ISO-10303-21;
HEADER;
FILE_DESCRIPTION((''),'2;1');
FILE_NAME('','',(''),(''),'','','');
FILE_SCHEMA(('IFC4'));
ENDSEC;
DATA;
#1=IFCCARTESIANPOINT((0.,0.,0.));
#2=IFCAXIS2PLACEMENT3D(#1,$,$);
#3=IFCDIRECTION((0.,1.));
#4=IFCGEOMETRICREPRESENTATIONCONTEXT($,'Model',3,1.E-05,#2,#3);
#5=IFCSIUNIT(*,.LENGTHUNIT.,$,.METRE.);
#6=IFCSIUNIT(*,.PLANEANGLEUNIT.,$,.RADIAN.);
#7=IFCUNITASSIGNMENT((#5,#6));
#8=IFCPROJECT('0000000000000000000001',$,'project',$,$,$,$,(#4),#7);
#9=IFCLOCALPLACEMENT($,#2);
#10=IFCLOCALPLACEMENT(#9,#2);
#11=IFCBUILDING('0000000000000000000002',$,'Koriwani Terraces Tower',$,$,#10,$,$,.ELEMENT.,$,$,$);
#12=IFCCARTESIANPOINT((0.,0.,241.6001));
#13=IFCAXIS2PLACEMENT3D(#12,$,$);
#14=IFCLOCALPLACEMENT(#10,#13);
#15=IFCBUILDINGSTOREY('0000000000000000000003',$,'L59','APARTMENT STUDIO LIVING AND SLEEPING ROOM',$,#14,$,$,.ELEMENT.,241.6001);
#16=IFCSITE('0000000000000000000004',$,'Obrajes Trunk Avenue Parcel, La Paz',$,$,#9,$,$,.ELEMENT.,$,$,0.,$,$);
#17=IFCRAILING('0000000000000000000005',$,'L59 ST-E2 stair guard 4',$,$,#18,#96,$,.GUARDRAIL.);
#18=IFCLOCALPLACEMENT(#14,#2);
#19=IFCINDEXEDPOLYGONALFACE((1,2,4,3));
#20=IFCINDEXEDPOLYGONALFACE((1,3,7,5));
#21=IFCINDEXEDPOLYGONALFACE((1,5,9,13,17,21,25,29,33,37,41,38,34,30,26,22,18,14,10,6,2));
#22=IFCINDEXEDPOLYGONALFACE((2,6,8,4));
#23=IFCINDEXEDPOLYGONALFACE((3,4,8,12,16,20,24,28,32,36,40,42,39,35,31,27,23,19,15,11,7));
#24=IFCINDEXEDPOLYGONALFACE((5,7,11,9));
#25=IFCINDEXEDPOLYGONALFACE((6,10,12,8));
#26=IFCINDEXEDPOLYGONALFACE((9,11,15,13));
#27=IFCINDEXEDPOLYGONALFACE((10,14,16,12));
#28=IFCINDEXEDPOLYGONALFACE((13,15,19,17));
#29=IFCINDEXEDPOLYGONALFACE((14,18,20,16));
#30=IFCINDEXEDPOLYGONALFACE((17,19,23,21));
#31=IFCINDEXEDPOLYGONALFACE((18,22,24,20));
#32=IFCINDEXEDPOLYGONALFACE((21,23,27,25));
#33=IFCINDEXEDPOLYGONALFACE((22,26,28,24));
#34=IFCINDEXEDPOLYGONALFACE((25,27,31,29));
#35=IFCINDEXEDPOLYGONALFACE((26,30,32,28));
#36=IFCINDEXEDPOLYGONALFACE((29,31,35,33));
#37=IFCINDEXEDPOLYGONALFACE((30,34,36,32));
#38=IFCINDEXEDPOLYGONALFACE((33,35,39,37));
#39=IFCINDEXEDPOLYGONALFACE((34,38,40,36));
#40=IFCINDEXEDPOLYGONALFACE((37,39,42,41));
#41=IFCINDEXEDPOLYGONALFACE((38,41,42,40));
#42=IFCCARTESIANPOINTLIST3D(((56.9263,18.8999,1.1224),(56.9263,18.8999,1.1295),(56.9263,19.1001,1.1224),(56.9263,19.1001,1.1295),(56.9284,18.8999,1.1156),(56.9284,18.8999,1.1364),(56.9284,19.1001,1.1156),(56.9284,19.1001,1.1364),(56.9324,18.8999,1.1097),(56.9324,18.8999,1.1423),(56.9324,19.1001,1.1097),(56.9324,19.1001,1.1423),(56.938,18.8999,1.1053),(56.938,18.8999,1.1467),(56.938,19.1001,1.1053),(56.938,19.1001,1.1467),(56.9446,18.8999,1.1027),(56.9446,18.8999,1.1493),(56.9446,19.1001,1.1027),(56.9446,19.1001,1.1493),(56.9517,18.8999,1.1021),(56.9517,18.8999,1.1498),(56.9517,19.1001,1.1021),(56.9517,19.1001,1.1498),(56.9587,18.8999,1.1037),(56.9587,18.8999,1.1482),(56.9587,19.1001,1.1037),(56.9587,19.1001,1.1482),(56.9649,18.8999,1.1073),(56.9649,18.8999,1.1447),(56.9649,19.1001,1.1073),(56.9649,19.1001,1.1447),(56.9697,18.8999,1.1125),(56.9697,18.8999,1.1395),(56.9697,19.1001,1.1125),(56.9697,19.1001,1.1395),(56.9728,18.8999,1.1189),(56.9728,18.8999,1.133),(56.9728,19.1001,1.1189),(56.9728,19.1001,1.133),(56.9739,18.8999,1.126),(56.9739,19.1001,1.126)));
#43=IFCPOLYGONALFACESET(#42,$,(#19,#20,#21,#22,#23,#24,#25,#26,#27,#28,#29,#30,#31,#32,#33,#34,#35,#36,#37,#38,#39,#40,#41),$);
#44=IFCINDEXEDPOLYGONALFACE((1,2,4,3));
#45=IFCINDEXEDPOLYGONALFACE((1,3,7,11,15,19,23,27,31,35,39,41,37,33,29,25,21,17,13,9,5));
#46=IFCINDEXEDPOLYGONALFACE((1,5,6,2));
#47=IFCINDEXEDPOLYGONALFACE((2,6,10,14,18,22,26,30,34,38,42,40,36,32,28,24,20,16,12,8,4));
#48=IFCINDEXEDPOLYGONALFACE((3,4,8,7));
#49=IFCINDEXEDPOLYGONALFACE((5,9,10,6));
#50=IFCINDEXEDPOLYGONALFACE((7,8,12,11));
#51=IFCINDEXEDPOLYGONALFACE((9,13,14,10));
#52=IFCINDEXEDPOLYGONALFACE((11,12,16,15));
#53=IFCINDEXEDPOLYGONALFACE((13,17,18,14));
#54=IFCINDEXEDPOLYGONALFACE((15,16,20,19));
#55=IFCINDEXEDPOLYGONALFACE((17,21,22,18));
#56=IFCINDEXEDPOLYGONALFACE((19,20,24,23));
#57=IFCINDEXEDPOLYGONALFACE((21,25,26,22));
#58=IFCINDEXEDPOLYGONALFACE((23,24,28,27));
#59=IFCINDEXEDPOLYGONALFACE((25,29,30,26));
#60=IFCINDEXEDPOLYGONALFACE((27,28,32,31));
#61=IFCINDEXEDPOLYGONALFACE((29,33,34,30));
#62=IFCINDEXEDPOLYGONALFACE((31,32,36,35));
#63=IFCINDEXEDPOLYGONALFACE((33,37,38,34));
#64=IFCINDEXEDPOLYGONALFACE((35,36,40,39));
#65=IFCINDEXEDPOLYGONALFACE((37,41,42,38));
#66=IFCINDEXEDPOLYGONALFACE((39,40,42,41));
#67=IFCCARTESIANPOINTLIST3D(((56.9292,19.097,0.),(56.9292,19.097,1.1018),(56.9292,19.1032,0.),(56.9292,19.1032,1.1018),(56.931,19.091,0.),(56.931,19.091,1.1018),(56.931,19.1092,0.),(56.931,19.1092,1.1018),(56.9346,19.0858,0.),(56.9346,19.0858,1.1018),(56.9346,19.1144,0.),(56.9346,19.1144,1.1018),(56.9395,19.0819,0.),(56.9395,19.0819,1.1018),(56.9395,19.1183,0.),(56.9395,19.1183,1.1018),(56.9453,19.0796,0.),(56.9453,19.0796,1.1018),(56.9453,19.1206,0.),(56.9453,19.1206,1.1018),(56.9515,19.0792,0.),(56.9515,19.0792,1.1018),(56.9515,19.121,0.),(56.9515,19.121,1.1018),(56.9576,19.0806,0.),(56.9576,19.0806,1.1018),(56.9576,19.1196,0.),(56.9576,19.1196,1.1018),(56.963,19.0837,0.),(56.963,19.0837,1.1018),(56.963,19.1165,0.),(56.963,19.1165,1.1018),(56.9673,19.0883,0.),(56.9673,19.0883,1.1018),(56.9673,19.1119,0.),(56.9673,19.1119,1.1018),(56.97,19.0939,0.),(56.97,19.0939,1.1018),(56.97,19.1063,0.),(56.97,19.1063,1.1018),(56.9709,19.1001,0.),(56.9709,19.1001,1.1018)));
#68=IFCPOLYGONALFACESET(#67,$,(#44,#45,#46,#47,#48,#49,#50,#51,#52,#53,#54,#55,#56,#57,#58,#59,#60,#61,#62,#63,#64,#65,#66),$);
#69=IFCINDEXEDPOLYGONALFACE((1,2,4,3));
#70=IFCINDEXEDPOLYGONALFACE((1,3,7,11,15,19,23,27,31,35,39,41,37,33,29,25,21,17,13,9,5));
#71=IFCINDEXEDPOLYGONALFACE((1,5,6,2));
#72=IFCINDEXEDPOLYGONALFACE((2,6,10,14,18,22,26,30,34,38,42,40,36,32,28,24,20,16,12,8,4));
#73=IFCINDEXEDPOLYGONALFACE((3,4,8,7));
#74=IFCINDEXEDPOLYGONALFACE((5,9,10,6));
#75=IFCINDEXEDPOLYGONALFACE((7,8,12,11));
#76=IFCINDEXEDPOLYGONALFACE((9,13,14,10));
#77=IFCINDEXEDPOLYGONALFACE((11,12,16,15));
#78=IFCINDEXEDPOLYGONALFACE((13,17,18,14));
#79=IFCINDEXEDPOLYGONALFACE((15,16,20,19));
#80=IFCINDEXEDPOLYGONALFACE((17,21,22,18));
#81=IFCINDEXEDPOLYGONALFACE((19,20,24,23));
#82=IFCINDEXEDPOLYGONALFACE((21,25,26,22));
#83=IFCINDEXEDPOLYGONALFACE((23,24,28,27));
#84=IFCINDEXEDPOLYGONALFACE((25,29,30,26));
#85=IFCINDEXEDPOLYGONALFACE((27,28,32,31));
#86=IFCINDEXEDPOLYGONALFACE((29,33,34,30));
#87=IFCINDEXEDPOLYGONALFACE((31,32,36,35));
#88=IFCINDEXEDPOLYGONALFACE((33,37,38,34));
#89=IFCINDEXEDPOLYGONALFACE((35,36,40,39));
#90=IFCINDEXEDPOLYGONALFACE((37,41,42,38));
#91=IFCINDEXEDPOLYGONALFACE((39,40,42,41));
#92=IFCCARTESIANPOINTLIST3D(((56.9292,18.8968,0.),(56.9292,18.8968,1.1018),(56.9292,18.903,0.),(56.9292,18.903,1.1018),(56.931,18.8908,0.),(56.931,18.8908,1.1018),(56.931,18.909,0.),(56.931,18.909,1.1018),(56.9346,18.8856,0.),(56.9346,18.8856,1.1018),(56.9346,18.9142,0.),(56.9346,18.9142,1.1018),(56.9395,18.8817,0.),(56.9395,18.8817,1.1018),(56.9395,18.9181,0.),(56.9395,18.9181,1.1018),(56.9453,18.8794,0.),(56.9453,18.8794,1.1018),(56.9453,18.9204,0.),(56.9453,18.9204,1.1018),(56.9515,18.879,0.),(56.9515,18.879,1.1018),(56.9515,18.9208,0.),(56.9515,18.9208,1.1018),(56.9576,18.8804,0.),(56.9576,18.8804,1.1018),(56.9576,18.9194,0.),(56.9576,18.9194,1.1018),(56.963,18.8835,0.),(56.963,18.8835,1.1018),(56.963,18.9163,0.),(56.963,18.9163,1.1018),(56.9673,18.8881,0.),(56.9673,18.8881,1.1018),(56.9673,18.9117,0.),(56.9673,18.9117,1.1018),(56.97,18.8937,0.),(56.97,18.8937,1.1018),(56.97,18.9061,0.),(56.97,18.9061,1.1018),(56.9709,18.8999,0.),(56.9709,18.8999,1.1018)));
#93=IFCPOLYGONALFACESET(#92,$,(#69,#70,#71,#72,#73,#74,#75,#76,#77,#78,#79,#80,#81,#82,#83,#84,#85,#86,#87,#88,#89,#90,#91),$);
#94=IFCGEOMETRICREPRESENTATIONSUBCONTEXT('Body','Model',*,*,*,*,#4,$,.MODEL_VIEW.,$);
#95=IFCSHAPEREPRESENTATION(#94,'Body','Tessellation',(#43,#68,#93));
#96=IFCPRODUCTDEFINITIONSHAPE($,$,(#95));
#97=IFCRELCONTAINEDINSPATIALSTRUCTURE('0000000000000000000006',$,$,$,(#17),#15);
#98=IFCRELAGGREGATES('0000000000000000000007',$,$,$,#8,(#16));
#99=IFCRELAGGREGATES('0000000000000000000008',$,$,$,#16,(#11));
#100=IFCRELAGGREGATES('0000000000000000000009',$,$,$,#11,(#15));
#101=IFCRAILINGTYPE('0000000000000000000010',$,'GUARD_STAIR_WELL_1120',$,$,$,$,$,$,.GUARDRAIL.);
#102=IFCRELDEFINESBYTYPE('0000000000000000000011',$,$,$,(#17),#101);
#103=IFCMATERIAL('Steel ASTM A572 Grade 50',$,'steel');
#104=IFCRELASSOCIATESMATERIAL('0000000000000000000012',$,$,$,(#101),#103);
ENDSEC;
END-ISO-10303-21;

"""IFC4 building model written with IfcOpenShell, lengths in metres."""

from ifc_helpers import new_model, si_unit, direction, frame, origin, origin_2d, place, context, subcontext, project, spatial, circle, extrude, material, type_object, element, save


model = new_model("IFC4")

# Units and contexts
model_context = context("Model", 3, precision=1e-05, world=origin(), true_north=direction((0.0, 1.0)))
body_context = subcontext(model_context, "Body", "Model", "MODEL_VIEW")
ifc_project = project(units=[si_unit("LENGTHUNIT", "METRE"), si_unit("PLANEANGLEUNIT", "RADIAN")], contexts=[model_context])

# Site, building, storey
site_placement = place(None, origin())
site = spatial("IfcSite", under=ifc_project, at=site_placement, Name="Obrajes Trunk Avenue Parcel, La Paz", CompositionType="ELEMENT", RefElevation=0.0)
building_placement = place(site_placement, origin())
building = spatial("IfcBuilding", under=site, at=building_placement, Name="Koriwani Terraces Tower", CompositionType="ELEMENT")
storey_placement = place(building_placement, frame((0.0, 0.0, 241.6001)))
storey = spatial("IfcBuildingStorey", under=building, at=storey_placement, Name="L59", Description="APARTMENT STUDIO LIVING AND SLEEPING ROOM", CompositionType="ELEMENT", Elevation=241.6001)

# Shared definitions
ifc_material_1 = material(Name="Steel ASTM A572 Grade 50", Category="steel")

# Railing
railing_type_1 = type_object("IfcRailingType", Name="GUARD_STAIR_WELL_1120", PredefinedType="GUARDRAIL", material=ifc_material_1)
railing_1_placement = place(storey_placement, frame((56.95, 19.1001, 0.0)))
element("IfcRailing", 1, at=railing_1_placement, inside=storey, type_object=railing_type_1, Name="L59 ST-E2 stair guard 4", PredefinedType="GUARDRAIL", context=body_context, shape_type="SweptSolid", body=[
    extrude(circle(Radius=0.0239, at=origin_2d()), frame((0.0, 0.0, 1.126), z_axis=(0.0, -1.0, 0.0), x_axis=(1.0, 0.0, 0.0)), (0.0, 0.0, 1.0), 0.2002),
    extrude(circle(Radius=0.021, at=origin_2d()), origin(), (0.0, 0.0, 1.0), 1.1018),
    extrude(circle(Radius=0.021, at=origin_2d()), frame((0.0, -0.2002, 0.0)), (0.0, 0.0, 1.0), 1.1018),
])

save(model, "model.ifc")
